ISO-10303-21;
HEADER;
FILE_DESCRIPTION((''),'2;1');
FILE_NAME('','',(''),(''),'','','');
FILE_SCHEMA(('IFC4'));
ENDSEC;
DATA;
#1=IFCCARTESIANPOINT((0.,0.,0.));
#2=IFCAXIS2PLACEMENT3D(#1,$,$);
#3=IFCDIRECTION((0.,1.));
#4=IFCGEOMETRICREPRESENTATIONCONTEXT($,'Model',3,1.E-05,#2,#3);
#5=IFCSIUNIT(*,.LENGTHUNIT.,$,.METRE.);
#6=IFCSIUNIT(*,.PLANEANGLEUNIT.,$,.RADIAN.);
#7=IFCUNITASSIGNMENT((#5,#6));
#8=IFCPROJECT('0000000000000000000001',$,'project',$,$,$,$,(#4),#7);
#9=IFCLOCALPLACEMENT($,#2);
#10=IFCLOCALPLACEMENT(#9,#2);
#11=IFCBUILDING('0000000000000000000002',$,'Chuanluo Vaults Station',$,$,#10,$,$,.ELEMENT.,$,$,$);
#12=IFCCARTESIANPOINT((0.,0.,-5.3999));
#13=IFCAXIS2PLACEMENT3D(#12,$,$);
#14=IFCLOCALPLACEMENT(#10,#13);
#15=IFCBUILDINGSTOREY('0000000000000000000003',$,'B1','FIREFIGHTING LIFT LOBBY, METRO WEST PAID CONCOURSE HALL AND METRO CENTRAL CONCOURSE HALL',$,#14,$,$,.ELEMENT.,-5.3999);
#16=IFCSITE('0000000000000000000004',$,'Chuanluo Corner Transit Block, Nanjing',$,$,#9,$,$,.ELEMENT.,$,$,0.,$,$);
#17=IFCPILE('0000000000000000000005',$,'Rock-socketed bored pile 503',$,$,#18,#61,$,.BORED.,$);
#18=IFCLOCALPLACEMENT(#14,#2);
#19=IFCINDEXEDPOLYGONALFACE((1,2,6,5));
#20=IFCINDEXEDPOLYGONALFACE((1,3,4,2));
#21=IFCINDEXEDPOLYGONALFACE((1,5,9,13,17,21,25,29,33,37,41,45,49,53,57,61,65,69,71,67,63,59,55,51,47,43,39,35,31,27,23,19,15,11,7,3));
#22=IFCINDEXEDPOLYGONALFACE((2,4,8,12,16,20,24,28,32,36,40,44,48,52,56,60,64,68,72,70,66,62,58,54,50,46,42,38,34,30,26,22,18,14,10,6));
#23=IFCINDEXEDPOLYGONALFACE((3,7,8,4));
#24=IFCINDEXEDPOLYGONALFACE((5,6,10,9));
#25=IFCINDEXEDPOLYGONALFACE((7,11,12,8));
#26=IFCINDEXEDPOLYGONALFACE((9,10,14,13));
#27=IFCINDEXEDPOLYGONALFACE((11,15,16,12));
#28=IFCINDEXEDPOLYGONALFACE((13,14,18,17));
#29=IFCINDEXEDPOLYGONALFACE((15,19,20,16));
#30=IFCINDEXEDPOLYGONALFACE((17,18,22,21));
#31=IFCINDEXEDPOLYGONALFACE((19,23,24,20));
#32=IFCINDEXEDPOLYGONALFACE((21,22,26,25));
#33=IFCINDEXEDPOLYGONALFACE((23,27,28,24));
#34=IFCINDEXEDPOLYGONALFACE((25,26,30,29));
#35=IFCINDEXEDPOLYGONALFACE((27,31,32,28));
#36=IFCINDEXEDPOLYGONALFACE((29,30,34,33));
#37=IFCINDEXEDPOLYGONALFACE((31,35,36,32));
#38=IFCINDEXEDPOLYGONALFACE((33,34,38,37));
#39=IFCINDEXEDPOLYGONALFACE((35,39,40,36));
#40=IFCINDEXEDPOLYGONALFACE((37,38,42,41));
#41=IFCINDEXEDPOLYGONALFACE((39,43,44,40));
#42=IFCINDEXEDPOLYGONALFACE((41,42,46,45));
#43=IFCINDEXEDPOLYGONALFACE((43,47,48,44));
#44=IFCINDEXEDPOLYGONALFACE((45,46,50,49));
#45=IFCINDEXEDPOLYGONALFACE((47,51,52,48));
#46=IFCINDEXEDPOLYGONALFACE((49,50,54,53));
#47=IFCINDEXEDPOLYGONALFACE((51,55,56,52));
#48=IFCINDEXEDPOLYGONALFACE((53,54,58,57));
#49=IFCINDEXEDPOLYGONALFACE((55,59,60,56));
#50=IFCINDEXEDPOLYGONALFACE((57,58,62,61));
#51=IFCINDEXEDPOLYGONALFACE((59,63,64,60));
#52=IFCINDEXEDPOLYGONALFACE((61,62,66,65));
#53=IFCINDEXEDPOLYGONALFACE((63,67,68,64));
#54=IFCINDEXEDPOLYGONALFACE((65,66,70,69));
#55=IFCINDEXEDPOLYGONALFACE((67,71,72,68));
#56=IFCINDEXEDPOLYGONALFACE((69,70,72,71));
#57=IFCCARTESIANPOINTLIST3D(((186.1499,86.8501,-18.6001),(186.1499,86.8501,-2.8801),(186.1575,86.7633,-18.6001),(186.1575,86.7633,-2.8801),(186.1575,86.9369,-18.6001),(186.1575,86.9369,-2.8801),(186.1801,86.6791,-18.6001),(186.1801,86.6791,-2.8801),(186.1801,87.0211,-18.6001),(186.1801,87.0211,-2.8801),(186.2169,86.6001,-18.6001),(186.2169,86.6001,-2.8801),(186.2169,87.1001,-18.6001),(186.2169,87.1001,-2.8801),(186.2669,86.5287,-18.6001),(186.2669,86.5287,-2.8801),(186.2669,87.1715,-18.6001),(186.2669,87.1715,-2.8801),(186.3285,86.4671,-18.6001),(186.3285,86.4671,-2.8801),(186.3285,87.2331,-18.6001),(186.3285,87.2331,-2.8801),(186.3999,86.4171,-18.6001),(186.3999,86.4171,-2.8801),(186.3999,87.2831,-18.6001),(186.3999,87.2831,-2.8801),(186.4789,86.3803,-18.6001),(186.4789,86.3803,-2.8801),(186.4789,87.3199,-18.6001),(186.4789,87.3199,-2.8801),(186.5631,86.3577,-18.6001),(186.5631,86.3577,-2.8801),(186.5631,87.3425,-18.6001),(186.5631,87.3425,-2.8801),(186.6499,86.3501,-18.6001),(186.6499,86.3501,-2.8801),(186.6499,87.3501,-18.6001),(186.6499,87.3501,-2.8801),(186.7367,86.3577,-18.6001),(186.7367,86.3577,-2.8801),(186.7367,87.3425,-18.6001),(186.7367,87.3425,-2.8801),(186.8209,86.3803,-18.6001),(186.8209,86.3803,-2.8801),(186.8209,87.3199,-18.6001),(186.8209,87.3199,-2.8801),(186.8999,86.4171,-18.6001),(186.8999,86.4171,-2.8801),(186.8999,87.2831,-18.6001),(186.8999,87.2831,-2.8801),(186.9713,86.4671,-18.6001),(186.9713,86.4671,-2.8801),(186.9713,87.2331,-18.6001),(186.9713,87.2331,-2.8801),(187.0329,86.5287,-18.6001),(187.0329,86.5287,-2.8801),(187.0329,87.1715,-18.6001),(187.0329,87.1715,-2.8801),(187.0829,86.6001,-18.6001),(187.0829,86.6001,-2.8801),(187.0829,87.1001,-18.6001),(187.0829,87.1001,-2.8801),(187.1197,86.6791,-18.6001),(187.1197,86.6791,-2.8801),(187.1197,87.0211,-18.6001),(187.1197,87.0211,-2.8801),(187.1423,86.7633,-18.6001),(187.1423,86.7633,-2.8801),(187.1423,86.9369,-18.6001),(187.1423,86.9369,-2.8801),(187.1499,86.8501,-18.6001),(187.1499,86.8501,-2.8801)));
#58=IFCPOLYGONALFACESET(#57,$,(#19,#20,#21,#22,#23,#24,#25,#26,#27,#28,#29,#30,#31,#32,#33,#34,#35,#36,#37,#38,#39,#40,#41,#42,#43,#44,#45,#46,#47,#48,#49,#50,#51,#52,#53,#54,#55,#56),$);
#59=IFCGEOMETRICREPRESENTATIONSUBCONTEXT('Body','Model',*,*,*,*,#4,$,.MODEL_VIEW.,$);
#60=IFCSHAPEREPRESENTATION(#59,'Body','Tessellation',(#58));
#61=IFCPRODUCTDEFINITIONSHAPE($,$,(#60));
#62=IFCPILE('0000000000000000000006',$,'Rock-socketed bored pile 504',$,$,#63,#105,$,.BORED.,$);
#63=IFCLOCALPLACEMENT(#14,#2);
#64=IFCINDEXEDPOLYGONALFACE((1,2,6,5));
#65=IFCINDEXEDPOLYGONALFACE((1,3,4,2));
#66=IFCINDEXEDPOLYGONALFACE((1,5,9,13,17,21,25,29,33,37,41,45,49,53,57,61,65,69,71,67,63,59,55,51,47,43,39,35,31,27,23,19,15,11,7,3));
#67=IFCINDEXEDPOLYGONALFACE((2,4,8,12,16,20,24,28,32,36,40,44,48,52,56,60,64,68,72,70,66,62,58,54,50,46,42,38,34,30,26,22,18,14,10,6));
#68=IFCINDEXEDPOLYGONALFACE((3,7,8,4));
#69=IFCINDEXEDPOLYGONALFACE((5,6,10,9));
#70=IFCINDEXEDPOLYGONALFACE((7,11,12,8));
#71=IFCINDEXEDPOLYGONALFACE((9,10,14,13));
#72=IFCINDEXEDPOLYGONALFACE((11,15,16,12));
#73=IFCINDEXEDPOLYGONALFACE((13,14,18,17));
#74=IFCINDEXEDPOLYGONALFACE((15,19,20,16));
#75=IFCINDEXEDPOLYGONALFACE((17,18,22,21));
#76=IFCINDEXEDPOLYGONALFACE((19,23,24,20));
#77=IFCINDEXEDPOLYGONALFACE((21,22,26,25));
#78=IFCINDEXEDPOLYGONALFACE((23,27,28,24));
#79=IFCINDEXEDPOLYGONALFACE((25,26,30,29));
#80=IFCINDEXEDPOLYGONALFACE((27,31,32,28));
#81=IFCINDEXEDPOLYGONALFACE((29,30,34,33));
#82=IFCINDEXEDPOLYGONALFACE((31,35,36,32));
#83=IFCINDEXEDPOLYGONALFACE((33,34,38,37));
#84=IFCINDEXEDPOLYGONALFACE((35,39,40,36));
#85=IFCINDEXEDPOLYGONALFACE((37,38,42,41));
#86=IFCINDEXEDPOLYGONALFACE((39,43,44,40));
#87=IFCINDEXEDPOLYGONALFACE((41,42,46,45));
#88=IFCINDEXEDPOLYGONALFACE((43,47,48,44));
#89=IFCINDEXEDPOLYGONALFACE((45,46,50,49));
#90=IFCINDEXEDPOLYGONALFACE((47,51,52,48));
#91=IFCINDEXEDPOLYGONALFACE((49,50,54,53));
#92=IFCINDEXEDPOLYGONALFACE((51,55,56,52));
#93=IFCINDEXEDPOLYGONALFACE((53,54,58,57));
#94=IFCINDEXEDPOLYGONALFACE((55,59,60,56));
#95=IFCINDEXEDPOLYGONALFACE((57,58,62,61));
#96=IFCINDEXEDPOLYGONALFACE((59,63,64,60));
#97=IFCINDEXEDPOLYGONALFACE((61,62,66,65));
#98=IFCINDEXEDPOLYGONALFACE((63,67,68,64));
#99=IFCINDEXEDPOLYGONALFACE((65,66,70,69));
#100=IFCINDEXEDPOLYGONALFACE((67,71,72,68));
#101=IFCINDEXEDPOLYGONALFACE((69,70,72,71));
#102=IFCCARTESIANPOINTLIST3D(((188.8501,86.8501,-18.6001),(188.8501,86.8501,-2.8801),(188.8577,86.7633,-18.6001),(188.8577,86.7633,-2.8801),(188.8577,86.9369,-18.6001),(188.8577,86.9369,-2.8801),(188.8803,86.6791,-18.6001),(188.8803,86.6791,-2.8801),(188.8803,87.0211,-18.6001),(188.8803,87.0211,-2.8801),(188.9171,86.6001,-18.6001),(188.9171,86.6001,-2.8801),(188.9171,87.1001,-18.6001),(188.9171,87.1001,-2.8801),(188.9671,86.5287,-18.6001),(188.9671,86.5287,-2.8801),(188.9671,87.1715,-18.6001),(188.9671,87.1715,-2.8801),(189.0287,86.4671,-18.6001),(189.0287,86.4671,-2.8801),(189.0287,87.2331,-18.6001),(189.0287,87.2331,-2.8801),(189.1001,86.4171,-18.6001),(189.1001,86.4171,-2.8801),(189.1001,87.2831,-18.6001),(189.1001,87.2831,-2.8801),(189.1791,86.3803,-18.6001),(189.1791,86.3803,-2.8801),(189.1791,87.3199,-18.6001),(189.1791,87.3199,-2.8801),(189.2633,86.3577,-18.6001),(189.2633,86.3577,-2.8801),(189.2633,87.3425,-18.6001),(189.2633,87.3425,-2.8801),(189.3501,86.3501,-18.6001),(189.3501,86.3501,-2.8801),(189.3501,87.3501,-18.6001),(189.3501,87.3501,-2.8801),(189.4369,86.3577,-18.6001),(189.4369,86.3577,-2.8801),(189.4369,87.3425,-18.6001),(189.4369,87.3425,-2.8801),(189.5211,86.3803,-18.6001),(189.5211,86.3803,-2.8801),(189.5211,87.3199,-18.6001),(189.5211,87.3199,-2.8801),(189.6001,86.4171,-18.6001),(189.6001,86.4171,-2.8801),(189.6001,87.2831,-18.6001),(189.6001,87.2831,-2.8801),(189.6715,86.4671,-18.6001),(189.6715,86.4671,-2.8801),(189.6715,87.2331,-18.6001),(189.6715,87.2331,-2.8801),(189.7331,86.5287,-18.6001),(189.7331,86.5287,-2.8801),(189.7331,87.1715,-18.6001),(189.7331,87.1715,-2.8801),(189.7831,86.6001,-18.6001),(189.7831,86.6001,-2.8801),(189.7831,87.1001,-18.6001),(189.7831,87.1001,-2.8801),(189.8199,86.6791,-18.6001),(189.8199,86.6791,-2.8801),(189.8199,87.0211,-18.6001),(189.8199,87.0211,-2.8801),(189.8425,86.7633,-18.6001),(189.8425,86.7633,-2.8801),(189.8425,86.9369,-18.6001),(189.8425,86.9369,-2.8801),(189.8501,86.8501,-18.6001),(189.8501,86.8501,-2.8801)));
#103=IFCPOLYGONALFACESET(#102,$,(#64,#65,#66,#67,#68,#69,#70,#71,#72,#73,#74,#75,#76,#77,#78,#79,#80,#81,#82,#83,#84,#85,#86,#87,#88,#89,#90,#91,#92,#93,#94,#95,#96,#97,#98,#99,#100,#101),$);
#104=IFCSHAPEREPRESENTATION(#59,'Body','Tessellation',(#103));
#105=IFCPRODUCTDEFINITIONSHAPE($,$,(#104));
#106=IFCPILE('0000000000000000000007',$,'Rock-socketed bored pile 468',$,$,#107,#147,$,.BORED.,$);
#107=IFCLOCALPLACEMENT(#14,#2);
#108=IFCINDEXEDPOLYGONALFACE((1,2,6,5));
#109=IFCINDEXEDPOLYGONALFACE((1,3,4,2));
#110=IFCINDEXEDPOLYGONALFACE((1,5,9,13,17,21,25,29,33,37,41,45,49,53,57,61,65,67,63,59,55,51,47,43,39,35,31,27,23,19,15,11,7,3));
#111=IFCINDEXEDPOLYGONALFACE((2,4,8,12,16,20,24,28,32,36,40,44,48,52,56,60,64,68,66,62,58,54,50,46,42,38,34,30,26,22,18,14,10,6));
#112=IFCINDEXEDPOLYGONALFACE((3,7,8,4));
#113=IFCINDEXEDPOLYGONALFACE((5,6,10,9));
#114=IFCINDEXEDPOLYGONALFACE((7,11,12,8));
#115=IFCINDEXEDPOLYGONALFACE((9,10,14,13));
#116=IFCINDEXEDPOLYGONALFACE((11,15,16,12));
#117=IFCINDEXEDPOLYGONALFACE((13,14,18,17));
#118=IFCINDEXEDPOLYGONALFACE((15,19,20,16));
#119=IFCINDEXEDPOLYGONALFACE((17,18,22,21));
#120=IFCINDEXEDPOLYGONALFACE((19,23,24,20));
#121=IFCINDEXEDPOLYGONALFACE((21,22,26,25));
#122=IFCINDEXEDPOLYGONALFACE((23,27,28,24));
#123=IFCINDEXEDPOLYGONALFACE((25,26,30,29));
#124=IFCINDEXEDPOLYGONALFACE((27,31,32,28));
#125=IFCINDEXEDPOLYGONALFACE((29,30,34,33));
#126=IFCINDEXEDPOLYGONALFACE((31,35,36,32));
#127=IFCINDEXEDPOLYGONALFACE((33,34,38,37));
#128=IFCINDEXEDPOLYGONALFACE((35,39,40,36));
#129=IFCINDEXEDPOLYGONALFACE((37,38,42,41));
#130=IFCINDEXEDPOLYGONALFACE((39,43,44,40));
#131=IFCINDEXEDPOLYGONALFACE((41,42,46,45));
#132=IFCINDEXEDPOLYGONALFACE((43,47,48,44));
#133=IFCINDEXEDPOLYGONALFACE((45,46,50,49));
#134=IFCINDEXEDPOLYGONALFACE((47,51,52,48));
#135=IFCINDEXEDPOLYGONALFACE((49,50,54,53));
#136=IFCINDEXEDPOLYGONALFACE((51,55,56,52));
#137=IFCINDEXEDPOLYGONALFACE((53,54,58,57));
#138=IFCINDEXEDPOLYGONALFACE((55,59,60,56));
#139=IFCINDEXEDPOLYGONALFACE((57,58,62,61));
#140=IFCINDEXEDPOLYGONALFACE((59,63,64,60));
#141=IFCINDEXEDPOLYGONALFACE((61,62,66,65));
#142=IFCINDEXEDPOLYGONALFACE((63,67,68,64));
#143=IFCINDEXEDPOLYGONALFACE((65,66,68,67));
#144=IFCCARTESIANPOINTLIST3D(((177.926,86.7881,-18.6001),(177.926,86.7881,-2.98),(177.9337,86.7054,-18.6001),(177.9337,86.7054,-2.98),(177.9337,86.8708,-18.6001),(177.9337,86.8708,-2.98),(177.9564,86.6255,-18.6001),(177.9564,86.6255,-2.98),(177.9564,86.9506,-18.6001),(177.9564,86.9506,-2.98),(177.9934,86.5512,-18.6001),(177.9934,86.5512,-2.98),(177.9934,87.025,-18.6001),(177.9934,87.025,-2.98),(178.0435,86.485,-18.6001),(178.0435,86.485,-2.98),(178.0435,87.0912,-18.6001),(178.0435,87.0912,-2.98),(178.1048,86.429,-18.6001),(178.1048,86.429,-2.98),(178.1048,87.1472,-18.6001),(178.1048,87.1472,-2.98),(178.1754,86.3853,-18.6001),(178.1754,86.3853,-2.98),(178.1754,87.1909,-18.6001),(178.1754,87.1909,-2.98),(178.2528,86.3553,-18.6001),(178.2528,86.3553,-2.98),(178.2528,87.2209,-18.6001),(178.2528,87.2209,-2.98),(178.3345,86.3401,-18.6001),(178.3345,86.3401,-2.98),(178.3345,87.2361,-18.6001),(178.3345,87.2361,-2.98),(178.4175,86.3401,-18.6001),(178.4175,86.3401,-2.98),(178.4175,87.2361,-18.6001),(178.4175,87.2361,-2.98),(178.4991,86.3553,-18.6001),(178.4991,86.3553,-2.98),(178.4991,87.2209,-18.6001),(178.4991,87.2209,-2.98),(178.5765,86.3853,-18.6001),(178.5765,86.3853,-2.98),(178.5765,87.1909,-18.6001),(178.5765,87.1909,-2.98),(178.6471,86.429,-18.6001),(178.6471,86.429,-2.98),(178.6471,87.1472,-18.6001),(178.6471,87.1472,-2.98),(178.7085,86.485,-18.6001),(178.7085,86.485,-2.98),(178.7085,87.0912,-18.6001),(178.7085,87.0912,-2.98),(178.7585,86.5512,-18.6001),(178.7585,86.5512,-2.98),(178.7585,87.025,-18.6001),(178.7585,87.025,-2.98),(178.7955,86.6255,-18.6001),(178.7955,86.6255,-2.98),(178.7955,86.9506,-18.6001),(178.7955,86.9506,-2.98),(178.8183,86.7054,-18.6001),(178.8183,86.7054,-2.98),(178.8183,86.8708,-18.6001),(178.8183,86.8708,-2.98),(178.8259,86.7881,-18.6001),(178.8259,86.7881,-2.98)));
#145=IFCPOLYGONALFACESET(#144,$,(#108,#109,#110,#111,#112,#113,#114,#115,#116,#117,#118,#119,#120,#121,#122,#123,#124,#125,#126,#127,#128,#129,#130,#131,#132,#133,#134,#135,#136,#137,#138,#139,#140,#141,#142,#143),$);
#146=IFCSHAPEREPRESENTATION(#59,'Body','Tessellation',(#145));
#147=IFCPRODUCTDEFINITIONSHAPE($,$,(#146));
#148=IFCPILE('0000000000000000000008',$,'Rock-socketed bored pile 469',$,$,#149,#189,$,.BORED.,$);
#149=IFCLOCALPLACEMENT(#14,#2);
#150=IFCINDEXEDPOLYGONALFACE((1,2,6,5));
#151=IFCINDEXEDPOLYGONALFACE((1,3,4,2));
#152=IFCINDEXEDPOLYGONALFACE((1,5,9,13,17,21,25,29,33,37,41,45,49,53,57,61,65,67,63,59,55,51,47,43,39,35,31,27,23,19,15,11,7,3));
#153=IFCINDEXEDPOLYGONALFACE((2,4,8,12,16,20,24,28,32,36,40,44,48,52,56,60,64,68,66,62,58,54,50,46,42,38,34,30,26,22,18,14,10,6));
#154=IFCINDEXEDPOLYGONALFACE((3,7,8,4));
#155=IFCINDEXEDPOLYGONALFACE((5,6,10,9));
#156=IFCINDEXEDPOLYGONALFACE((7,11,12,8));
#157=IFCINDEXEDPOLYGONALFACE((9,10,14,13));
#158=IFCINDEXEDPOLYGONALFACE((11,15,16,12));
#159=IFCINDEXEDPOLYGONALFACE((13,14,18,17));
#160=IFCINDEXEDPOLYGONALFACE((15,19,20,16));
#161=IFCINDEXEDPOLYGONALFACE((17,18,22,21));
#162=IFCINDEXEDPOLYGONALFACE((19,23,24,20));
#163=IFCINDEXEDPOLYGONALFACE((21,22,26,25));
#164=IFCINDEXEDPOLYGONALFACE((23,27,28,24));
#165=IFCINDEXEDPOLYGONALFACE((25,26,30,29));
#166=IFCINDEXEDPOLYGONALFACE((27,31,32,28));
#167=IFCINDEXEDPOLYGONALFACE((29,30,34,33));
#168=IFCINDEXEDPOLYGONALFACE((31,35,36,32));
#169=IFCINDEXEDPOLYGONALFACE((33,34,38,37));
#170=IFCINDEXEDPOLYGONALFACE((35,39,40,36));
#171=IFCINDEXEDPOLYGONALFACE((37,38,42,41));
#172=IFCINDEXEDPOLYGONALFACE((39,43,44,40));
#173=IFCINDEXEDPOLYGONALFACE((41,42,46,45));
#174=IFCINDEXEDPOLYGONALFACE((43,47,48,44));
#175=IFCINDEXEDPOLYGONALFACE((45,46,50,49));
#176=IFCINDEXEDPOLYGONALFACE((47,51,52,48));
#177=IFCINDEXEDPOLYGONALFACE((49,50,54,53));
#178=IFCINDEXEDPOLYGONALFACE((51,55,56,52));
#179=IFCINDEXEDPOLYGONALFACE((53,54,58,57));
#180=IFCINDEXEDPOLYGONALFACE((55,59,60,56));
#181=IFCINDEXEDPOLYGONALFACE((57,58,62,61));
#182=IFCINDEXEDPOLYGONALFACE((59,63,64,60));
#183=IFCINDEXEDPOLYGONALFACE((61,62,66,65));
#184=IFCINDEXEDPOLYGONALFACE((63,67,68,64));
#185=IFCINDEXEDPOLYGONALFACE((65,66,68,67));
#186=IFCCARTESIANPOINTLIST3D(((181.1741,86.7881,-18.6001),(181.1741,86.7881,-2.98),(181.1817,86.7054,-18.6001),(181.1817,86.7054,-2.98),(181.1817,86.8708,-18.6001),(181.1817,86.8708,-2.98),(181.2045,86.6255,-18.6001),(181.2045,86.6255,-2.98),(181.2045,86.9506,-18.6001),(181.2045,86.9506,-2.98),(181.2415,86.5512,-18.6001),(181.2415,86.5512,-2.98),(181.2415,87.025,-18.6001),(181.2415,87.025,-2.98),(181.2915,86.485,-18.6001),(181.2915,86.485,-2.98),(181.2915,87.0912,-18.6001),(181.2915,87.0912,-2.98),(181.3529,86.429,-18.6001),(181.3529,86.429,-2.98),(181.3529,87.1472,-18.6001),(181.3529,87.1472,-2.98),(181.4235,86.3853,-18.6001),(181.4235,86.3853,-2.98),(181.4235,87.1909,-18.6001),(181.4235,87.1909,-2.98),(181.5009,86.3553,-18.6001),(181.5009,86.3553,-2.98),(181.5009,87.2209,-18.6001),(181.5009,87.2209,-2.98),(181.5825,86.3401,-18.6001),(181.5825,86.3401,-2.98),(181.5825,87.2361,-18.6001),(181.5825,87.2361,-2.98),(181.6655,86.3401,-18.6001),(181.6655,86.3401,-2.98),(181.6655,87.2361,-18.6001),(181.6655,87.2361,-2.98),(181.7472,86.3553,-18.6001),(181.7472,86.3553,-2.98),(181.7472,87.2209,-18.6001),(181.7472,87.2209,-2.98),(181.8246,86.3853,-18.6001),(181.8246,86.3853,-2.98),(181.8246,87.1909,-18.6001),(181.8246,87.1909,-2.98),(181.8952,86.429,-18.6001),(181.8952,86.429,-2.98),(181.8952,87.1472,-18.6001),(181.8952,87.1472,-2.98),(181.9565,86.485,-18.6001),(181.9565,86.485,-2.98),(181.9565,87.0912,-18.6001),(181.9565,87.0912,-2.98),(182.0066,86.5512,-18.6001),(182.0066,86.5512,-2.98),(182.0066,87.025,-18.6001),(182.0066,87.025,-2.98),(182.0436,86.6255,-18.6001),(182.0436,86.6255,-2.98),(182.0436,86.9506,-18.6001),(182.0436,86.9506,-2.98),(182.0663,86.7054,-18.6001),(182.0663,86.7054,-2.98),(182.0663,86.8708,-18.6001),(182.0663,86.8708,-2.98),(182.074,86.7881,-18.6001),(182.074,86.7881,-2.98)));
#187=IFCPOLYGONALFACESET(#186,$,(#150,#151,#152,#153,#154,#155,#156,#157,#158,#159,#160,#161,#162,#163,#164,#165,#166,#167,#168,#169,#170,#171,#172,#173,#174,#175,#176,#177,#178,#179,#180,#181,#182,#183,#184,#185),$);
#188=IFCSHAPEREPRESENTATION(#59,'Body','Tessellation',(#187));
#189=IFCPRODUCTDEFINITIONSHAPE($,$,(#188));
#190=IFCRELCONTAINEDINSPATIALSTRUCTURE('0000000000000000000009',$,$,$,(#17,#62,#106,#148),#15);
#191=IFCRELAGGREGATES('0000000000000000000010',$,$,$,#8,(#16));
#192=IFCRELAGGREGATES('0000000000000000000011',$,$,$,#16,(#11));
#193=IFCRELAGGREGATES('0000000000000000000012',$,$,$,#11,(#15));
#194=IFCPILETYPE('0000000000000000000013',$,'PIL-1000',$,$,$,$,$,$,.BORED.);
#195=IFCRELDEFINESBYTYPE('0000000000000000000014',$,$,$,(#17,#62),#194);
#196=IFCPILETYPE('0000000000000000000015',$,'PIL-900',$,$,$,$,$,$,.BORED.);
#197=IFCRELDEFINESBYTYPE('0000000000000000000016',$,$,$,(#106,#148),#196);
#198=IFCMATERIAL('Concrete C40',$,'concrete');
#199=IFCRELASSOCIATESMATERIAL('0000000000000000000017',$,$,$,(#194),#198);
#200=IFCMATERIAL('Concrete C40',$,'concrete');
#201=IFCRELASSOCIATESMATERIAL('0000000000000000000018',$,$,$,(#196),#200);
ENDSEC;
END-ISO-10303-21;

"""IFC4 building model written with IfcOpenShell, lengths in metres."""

from ifc_helpers import new_model, si_unit, direction, frame, origin, origin_2d, place, context, subcontext, project, spatial, circle, extrude, material, material_profile, profile_set, type_object, element, save


model = new_model("IFC4")

# Units and contexts
model_context = context("Model", 3, precision=1e-05, world=origin(), true_north=direction((0.0, 1.0)))
body_context = subcontext(model_context, "Body", "Model", "MODEL_VIEW")
ifc_project = project(units=[si_unit("LENGTHUNIT", "METRE"), si_unit("PLANEANGLEUNIT", "RADIAN")], contexts=[model_context])

# Site, building, storey
site_placement = place(None, origin())
site = spatial("IfcSite", under=ifc_project, at=site_placement, Name="Chuanluo Corner Transit Block, Nanjing", CompositionType="ELEMENT", RefElevation=0.0)
building_placement = place(site_placement, origin())
building = spatial("IfcBuilding", under=site, at=building_placement, Name="Chuanluo Vaults Station", CompositionType="ELEMENT")
storey_placement = place(building_placement, frame((0.0, 0.0, -5.3999)))
storey = spatial("IfcBuildingStorey", under=building, at=storey_placement, Name="B1", Description="FIREFIGHTING LIFT LOBBY, METRO WEST PAID CONCOURSE HALL AND METRO CENTRAL CONCOURSE HALL", CompositionType="ELEMENT", Elevation=-5.3999)

# Piles
ifc_material_1 = material(Name="Concrete C40", Category="concrete")
ifc_material_profile_1 = material_profile(ifc_material_1, circle(Radius=0.5, at=origin_2d()))
ifc_profile_set_1 = profile_set([ifc_material_profile_1], Name="Concrete C40")
pile_type_1 = type_object("IfcPileType", Name="PIL-1000", PredefinedType="BORED", material=ifc_profile_set_1)
for number, where, z_axis, x_axis, name in (
    (1, (186.6499, 86.8501, -2.8801), (0.0, 0.0, -1.0), (1.0, 0.0, 0.0), "Rock-socketed bored pile 503"),
    (2, (189.3501, 86.8501, -2.8801), (0.0, 0.0, -1.0), (1.0, 0.0, 0.0), "Rock-socketed bored pile 504"),
):
    element("IfcPile", number, at=place(storey_placement, frame(where, z_axis=z_axis, x_axis=x_axis)), inside=storey, type_object=pile_type_1, Name=name, PredefinedType="BORED", context=body_context, shape_type="SweptSolid", body=[
        extrude(circle(Radius=0.5, at=origin_2d()), origin(), (0.0, 0.0, 1.0), 15.72),
    ])
ifc_material_2 = material(Name="Concrete C40", Category="concrete")
ifc_material_profile_2 = material_profile(ifc_material_2, circle(Radius=0.45, at=origin_2d()))
ifc_profile_set_2 = profile_set([ifc_material_profile_2], Name="Concrete C40")
pile_type_2 = type_object("IfcPileType", Name="PIL-900", PredefinedType="BORED", material=ifc_profile_set_2)
for number, where, z_axis, x_axis, name in (
    (3, (178.376, 86.7881, -2.98), (0.0, 0.0, -1.0), (1.0, 0.0, 0.0), "Rock-socketed bored pile 468"),
    (4, (181.624, 86.7881, -2.98), (0.0, 0.0, -1.0), (1.0, 0.0, 0.0), "Rock-socketed bored pile 469"),
):
    element("IfcPile", number, at=place(storey_placement, frame(where, z_axis=z_axis, x_axis=x_axis)), inside=storey, type_object=pile_type_2, Name=name, PredefinedType="BORED", context=body_context, shape_type="SweptSolid", body=[
        extrude(circle(Radius=0.45, at=origin_2d()), origin(), (0.0, 0.0, 1.0), 15.6201),
    ])

save(model, "model.ifc")
